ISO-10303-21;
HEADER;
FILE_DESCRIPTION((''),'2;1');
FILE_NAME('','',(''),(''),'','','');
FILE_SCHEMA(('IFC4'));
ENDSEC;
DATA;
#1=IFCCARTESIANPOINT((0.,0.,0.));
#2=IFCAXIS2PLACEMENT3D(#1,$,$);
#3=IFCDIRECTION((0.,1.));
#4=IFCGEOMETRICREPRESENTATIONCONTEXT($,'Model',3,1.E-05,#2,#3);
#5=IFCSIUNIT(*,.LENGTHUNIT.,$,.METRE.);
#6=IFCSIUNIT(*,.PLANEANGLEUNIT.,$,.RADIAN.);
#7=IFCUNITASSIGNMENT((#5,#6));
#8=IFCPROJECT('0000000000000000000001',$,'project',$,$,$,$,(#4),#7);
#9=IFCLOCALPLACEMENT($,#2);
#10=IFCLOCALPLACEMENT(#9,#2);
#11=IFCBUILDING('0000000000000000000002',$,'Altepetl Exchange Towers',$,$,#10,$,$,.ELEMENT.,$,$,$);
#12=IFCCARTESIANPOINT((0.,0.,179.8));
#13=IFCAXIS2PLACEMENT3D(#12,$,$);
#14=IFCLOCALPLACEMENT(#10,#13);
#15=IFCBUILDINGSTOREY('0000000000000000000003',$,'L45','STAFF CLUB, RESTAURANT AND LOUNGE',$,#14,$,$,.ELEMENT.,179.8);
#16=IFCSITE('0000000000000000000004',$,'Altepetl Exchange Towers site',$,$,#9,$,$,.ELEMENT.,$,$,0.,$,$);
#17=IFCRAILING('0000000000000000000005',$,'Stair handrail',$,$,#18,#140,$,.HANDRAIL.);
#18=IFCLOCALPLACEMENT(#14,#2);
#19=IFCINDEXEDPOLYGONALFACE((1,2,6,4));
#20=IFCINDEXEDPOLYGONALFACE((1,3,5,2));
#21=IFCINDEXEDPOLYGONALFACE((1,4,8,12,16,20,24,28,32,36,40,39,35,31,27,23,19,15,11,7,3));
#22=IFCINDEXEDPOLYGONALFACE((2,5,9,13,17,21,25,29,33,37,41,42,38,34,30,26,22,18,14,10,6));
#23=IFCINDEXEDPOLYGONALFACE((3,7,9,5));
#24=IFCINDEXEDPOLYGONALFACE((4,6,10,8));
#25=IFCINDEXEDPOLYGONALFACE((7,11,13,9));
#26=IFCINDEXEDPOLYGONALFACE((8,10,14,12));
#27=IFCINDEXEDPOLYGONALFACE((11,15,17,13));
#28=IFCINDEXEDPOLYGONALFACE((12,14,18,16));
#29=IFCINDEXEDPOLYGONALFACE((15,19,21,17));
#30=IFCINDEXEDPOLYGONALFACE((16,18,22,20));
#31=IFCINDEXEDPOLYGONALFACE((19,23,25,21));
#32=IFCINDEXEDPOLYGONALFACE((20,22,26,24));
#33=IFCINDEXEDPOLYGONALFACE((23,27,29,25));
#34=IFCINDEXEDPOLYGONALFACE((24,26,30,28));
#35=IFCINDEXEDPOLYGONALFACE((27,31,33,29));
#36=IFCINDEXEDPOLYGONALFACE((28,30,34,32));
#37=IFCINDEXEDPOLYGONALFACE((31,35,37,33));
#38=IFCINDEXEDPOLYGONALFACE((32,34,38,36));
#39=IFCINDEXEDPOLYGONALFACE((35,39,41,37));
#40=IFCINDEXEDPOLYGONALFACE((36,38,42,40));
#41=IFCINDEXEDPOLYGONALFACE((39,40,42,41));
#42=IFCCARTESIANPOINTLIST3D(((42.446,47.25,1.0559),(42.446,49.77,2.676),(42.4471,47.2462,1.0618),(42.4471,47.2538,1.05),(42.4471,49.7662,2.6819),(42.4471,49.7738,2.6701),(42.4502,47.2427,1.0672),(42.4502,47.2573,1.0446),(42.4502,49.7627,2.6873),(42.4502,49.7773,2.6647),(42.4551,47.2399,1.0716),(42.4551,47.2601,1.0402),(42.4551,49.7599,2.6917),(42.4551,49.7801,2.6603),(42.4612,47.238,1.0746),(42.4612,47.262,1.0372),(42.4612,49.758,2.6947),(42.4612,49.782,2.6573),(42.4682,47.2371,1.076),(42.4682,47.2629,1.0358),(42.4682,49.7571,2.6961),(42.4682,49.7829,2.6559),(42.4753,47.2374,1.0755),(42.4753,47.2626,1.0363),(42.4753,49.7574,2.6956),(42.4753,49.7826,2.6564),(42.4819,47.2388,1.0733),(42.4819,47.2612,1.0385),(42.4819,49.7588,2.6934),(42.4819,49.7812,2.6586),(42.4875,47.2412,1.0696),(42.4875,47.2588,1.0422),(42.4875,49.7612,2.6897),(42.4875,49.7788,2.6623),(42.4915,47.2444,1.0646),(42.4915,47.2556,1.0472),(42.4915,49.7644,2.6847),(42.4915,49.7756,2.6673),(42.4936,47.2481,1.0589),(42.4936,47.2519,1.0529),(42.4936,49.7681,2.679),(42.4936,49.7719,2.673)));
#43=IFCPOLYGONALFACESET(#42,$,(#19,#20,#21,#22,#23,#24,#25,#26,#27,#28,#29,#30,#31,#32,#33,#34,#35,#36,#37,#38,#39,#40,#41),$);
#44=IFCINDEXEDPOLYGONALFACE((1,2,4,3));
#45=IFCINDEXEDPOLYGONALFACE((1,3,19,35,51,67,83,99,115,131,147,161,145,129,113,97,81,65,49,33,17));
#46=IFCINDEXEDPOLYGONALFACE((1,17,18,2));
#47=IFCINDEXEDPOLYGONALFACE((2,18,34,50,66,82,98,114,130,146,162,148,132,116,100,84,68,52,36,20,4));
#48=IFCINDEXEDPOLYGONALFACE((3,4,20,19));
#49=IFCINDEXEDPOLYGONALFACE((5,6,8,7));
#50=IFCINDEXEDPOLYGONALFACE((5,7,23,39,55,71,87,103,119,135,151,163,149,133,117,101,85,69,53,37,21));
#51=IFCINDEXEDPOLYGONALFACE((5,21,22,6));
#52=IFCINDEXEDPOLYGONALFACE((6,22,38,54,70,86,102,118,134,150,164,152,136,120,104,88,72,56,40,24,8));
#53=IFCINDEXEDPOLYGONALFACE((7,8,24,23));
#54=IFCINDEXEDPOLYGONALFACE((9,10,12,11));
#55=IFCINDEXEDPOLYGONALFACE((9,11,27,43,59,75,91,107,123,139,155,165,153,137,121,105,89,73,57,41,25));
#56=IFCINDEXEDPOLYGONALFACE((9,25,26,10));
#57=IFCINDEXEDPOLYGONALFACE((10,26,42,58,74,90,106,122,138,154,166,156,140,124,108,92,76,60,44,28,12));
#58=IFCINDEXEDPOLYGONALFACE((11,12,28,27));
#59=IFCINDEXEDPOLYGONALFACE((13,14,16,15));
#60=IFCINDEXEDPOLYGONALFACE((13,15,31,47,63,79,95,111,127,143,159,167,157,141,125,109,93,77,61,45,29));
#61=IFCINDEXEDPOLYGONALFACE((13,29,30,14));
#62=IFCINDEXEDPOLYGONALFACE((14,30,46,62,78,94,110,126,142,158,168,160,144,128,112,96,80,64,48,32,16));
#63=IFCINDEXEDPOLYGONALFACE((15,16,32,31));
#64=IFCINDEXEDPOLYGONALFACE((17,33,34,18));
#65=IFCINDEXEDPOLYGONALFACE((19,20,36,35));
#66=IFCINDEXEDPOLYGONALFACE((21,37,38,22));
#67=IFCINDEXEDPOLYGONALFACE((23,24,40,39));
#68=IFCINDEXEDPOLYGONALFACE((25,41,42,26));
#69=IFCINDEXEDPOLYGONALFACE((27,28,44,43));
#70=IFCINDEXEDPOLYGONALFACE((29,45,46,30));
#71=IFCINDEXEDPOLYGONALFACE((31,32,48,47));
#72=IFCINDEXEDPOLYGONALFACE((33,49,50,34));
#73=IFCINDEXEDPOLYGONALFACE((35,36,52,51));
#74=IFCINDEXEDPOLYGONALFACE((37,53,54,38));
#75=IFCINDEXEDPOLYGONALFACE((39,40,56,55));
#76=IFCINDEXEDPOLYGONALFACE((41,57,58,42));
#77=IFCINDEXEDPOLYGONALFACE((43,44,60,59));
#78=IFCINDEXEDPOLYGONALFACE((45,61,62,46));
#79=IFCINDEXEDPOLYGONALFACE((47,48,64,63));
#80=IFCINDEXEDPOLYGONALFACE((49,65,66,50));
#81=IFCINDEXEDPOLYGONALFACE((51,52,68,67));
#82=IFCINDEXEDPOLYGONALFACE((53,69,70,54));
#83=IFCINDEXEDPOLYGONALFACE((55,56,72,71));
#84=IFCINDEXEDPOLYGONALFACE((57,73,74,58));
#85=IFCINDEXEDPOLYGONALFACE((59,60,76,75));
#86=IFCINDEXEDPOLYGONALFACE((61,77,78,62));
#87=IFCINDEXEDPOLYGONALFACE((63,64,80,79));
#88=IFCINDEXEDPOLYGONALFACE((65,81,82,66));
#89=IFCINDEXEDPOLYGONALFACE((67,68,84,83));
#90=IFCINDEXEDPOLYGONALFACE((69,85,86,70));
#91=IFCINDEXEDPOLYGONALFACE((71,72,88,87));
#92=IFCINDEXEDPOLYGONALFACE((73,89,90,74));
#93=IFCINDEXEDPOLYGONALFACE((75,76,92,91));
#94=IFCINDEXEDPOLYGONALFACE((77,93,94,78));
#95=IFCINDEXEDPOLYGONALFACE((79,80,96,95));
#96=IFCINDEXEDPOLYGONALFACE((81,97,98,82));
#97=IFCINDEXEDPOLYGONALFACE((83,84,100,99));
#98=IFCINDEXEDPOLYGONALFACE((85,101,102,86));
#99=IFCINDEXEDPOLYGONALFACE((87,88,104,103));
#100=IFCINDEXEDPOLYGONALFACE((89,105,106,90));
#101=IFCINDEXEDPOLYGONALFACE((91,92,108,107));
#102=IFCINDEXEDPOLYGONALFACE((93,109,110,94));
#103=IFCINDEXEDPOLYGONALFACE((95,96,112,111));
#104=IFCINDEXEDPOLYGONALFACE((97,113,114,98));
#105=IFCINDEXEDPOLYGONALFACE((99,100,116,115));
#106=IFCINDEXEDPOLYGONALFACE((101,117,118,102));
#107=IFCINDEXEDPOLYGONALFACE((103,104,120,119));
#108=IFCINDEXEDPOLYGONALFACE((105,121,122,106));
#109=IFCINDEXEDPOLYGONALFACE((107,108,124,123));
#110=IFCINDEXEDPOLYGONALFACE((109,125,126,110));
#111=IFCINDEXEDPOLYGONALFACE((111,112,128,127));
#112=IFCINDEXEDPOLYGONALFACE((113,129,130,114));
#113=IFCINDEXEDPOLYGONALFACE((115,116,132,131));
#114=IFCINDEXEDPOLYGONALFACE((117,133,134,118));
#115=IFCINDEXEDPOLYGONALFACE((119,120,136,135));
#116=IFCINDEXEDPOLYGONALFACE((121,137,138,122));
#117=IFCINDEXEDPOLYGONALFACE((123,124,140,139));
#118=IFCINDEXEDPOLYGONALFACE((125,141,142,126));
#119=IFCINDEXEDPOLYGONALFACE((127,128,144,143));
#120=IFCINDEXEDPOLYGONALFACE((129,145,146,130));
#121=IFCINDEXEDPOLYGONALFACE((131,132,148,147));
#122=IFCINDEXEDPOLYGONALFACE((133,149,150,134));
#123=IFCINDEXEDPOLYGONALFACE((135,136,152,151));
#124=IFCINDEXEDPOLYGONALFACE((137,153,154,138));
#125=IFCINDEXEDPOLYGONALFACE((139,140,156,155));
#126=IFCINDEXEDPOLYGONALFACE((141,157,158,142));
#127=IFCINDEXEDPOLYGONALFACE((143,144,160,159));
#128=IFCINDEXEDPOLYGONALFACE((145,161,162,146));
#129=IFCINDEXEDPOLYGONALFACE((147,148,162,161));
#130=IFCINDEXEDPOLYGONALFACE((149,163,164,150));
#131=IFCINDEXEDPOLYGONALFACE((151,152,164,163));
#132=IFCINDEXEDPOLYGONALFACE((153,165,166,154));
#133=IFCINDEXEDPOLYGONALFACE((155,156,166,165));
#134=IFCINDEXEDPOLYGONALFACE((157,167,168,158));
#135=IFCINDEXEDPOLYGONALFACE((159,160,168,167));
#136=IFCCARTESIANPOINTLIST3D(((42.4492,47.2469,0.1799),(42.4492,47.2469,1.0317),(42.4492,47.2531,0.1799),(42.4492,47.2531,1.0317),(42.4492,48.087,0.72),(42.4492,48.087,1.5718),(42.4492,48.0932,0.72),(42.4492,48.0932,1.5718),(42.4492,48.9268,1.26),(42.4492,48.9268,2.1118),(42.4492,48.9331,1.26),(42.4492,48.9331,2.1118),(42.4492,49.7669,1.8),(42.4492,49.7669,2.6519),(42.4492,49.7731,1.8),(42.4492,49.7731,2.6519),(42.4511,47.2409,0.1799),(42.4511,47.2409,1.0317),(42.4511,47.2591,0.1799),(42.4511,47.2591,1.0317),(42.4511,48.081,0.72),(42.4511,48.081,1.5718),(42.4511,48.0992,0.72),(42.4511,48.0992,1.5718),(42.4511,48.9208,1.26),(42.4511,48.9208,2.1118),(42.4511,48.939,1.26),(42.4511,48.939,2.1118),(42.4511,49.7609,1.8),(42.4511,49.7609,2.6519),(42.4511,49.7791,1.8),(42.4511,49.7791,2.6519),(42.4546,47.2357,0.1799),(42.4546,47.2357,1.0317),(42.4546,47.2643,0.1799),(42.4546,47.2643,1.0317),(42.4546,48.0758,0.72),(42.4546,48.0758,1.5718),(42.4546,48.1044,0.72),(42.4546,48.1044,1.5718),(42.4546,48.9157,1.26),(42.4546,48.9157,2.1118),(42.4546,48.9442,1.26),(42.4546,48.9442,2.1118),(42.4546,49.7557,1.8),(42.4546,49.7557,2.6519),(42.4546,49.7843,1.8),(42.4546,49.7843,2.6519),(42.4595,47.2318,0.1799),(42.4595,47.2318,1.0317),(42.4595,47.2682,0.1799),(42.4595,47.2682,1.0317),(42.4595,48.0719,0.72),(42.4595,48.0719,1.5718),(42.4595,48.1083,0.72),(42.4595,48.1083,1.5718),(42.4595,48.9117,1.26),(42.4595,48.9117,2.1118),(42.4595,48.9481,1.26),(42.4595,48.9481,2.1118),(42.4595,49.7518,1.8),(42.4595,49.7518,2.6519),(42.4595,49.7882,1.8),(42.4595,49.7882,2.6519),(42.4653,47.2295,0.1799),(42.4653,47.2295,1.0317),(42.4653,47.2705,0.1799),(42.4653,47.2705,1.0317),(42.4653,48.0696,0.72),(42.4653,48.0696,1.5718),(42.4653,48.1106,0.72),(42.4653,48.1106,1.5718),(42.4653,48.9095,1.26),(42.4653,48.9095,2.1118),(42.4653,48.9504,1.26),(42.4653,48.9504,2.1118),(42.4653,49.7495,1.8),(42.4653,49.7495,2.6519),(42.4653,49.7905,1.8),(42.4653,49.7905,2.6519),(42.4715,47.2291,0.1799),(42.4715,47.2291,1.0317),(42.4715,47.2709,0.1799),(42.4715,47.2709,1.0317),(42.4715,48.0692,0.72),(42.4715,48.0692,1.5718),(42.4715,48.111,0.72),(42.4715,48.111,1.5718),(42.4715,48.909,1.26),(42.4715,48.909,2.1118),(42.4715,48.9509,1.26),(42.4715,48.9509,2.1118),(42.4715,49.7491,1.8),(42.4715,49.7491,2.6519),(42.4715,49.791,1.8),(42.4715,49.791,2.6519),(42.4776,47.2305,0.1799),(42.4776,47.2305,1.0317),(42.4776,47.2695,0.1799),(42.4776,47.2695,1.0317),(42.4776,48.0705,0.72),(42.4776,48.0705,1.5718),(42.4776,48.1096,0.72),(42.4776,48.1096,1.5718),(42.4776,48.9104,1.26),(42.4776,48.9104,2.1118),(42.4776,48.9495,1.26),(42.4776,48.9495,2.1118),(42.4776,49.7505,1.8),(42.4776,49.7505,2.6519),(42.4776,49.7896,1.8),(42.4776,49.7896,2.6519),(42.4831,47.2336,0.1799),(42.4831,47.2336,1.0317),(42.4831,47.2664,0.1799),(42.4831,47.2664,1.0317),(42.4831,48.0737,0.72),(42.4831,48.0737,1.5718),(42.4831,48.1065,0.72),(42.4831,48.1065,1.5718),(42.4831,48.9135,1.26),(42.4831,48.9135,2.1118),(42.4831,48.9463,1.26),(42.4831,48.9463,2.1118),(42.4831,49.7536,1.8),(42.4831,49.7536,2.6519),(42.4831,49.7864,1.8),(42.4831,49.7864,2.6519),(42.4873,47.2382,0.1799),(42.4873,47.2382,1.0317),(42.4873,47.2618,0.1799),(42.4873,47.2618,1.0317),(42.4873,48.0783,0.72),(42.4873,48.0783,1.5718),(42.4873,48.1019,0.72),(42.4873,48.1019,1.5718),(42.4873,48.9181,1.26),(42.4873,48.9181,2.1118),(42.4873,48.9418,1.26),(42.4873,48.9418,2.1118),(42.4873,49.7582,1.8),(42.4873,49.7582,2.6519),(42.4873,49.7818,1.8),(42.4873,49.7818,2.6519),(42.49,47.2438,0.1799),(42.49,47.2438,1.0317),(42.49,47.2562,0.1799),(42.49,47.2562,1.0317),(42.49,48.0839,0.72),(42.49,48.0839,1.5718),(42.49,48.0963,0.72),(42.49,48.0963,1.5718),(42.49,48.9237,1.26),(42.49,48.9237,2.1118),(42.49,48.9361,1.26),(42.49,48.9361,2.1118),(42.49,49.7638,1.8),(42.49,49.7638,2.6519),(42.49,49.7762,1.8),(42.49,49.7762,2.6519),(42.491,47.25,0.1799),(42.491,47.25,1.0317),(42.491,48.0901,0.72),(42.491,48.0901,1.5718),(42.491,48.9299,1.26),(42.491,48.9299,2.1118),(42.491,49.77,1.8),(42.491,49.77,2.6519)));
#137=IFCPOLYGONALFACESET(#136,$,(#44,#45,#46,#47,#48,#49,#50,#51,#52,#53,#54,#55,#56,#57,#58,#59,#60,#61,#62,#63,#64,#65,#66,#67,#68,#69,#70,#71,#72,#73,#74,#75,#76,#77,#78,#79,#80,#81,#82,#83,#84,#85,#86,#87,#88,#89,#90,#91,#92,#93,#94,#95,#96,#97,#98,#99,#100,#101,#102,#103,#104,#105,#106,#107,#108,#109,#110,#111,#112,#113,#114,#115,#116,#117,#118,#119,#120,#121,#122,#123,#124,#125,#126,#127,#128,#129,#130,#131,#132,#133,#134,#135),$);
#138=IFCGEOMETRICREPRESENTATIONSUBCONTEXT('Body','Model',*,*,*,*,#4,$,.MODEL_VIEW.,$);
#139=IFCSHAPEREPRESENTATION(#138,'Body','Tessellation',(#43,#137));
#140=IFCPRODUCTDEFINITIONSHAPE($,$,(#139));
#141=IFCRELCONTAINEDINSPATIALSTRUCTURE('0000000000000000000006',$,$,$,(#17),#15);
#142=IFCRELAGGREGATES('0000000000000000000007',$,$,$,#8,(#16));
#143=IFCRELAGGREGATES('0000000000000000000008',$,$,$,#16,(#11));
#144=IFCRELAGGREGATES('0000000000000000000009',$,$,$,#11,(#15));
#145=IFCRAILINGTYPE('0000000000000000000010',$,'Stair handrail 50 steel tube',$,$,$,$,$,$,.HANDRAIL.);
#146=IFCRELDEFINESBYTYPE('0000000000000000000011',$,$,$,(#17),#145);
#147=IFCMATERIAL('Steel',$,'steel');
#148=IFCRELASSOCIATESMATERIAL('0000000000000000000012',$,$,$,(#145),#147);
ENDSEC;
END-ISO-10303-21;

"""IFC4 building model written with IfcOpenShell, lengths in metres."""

from ifc_helpers import new_model, si_unit, direction, frame, origin, origin_2d, place, context, subcontext, project, spatial, circle, extrude, source, transform, mapped, material, type_object, element, save


model = new_model("IFC4")

# Units and contexts
model_context = context("Model", 3, precision=1e-05, world=origin(), true_north=direction((0.0, 1.0)))
body_context = subcontext(model_context, "Body", "Model", "MODEL_VIEW")
ifc_project = project(units=[si_unit("LENGTHUNIT", "METRE"), si_unit("PLANEANGLEUNIT", "RADIAN")], contexts=[model_context])

# Site, building, storey
site_placement = place(None, origin())
site = spatial("IfcSite", under=ifc_project, at=site_placement, Name="Altepetl Exchange Towers site", CompositionType="ELEMENT", RefElevation=0.0)
building_placement = place(site_placement, origin())
building = spatial("IfcBuilding", under=site, at=building_placement, Name="Altepetl Exchange Towers", CompositionType="ELEMENT")
storey_placement = place(building_placement, frame((0.0, 0.0, 179.8)))
storey = spatial("IfcBuildingStorey", under=building, at=storey_placement, Name="L45", Description="STAFF CLUB, RESTAURANT AND LOUNGE", CompositionType="ELEMENT", Elevation=179.8)

# Railing
ifc_material_1 = material(Name="Steel", Category="steel")
railing_type = type_object("IfcRailingType", Name="Stair handrail 50 steel tube", PredefinedType="HANDRAIL", material=ifc_material_1)
shared_shape = source(origin(), body_context, "Body", "SweptSolid", [
    extrude(circle(Radius=0.021, at=origin_2d()), origin(), (0.0, 0.0, 1.0), 0.8518),
])
railing_1_placement = place(storey_placement, frame((42.47, 47.25, 0.1799)))
element("IfcRailing", 1, at=railing_1_placement, inside=storey, type_object=railing_type, Name="Stair handrail", PredefinedType="HANDRAIL", context=body_context, shape_type="SweptSolid", body=[
    extrude(circle(Radius=0.0239, at=origin_2d()), frame((0.0, 0.0, 0.876), z_axis=(0.0, 0.841163, 0.540782), x_axis=(-1.0, 0.0, 0.0)), (0.0, 0.0, 1.0), 2.9958),
    mapped(shared_shape, transform((0.0, 0.0, 0.0))),
    mapped(shared_shape, transform((0.0, 0.8401, 0.54))),
    mapped(shared_shape, transform((0.0, 1.6799, 1.0801))),
    mapped(shared_shape, transform((0.0, 2.52, 1.6201))),
])

save(model, "model.ifc")
